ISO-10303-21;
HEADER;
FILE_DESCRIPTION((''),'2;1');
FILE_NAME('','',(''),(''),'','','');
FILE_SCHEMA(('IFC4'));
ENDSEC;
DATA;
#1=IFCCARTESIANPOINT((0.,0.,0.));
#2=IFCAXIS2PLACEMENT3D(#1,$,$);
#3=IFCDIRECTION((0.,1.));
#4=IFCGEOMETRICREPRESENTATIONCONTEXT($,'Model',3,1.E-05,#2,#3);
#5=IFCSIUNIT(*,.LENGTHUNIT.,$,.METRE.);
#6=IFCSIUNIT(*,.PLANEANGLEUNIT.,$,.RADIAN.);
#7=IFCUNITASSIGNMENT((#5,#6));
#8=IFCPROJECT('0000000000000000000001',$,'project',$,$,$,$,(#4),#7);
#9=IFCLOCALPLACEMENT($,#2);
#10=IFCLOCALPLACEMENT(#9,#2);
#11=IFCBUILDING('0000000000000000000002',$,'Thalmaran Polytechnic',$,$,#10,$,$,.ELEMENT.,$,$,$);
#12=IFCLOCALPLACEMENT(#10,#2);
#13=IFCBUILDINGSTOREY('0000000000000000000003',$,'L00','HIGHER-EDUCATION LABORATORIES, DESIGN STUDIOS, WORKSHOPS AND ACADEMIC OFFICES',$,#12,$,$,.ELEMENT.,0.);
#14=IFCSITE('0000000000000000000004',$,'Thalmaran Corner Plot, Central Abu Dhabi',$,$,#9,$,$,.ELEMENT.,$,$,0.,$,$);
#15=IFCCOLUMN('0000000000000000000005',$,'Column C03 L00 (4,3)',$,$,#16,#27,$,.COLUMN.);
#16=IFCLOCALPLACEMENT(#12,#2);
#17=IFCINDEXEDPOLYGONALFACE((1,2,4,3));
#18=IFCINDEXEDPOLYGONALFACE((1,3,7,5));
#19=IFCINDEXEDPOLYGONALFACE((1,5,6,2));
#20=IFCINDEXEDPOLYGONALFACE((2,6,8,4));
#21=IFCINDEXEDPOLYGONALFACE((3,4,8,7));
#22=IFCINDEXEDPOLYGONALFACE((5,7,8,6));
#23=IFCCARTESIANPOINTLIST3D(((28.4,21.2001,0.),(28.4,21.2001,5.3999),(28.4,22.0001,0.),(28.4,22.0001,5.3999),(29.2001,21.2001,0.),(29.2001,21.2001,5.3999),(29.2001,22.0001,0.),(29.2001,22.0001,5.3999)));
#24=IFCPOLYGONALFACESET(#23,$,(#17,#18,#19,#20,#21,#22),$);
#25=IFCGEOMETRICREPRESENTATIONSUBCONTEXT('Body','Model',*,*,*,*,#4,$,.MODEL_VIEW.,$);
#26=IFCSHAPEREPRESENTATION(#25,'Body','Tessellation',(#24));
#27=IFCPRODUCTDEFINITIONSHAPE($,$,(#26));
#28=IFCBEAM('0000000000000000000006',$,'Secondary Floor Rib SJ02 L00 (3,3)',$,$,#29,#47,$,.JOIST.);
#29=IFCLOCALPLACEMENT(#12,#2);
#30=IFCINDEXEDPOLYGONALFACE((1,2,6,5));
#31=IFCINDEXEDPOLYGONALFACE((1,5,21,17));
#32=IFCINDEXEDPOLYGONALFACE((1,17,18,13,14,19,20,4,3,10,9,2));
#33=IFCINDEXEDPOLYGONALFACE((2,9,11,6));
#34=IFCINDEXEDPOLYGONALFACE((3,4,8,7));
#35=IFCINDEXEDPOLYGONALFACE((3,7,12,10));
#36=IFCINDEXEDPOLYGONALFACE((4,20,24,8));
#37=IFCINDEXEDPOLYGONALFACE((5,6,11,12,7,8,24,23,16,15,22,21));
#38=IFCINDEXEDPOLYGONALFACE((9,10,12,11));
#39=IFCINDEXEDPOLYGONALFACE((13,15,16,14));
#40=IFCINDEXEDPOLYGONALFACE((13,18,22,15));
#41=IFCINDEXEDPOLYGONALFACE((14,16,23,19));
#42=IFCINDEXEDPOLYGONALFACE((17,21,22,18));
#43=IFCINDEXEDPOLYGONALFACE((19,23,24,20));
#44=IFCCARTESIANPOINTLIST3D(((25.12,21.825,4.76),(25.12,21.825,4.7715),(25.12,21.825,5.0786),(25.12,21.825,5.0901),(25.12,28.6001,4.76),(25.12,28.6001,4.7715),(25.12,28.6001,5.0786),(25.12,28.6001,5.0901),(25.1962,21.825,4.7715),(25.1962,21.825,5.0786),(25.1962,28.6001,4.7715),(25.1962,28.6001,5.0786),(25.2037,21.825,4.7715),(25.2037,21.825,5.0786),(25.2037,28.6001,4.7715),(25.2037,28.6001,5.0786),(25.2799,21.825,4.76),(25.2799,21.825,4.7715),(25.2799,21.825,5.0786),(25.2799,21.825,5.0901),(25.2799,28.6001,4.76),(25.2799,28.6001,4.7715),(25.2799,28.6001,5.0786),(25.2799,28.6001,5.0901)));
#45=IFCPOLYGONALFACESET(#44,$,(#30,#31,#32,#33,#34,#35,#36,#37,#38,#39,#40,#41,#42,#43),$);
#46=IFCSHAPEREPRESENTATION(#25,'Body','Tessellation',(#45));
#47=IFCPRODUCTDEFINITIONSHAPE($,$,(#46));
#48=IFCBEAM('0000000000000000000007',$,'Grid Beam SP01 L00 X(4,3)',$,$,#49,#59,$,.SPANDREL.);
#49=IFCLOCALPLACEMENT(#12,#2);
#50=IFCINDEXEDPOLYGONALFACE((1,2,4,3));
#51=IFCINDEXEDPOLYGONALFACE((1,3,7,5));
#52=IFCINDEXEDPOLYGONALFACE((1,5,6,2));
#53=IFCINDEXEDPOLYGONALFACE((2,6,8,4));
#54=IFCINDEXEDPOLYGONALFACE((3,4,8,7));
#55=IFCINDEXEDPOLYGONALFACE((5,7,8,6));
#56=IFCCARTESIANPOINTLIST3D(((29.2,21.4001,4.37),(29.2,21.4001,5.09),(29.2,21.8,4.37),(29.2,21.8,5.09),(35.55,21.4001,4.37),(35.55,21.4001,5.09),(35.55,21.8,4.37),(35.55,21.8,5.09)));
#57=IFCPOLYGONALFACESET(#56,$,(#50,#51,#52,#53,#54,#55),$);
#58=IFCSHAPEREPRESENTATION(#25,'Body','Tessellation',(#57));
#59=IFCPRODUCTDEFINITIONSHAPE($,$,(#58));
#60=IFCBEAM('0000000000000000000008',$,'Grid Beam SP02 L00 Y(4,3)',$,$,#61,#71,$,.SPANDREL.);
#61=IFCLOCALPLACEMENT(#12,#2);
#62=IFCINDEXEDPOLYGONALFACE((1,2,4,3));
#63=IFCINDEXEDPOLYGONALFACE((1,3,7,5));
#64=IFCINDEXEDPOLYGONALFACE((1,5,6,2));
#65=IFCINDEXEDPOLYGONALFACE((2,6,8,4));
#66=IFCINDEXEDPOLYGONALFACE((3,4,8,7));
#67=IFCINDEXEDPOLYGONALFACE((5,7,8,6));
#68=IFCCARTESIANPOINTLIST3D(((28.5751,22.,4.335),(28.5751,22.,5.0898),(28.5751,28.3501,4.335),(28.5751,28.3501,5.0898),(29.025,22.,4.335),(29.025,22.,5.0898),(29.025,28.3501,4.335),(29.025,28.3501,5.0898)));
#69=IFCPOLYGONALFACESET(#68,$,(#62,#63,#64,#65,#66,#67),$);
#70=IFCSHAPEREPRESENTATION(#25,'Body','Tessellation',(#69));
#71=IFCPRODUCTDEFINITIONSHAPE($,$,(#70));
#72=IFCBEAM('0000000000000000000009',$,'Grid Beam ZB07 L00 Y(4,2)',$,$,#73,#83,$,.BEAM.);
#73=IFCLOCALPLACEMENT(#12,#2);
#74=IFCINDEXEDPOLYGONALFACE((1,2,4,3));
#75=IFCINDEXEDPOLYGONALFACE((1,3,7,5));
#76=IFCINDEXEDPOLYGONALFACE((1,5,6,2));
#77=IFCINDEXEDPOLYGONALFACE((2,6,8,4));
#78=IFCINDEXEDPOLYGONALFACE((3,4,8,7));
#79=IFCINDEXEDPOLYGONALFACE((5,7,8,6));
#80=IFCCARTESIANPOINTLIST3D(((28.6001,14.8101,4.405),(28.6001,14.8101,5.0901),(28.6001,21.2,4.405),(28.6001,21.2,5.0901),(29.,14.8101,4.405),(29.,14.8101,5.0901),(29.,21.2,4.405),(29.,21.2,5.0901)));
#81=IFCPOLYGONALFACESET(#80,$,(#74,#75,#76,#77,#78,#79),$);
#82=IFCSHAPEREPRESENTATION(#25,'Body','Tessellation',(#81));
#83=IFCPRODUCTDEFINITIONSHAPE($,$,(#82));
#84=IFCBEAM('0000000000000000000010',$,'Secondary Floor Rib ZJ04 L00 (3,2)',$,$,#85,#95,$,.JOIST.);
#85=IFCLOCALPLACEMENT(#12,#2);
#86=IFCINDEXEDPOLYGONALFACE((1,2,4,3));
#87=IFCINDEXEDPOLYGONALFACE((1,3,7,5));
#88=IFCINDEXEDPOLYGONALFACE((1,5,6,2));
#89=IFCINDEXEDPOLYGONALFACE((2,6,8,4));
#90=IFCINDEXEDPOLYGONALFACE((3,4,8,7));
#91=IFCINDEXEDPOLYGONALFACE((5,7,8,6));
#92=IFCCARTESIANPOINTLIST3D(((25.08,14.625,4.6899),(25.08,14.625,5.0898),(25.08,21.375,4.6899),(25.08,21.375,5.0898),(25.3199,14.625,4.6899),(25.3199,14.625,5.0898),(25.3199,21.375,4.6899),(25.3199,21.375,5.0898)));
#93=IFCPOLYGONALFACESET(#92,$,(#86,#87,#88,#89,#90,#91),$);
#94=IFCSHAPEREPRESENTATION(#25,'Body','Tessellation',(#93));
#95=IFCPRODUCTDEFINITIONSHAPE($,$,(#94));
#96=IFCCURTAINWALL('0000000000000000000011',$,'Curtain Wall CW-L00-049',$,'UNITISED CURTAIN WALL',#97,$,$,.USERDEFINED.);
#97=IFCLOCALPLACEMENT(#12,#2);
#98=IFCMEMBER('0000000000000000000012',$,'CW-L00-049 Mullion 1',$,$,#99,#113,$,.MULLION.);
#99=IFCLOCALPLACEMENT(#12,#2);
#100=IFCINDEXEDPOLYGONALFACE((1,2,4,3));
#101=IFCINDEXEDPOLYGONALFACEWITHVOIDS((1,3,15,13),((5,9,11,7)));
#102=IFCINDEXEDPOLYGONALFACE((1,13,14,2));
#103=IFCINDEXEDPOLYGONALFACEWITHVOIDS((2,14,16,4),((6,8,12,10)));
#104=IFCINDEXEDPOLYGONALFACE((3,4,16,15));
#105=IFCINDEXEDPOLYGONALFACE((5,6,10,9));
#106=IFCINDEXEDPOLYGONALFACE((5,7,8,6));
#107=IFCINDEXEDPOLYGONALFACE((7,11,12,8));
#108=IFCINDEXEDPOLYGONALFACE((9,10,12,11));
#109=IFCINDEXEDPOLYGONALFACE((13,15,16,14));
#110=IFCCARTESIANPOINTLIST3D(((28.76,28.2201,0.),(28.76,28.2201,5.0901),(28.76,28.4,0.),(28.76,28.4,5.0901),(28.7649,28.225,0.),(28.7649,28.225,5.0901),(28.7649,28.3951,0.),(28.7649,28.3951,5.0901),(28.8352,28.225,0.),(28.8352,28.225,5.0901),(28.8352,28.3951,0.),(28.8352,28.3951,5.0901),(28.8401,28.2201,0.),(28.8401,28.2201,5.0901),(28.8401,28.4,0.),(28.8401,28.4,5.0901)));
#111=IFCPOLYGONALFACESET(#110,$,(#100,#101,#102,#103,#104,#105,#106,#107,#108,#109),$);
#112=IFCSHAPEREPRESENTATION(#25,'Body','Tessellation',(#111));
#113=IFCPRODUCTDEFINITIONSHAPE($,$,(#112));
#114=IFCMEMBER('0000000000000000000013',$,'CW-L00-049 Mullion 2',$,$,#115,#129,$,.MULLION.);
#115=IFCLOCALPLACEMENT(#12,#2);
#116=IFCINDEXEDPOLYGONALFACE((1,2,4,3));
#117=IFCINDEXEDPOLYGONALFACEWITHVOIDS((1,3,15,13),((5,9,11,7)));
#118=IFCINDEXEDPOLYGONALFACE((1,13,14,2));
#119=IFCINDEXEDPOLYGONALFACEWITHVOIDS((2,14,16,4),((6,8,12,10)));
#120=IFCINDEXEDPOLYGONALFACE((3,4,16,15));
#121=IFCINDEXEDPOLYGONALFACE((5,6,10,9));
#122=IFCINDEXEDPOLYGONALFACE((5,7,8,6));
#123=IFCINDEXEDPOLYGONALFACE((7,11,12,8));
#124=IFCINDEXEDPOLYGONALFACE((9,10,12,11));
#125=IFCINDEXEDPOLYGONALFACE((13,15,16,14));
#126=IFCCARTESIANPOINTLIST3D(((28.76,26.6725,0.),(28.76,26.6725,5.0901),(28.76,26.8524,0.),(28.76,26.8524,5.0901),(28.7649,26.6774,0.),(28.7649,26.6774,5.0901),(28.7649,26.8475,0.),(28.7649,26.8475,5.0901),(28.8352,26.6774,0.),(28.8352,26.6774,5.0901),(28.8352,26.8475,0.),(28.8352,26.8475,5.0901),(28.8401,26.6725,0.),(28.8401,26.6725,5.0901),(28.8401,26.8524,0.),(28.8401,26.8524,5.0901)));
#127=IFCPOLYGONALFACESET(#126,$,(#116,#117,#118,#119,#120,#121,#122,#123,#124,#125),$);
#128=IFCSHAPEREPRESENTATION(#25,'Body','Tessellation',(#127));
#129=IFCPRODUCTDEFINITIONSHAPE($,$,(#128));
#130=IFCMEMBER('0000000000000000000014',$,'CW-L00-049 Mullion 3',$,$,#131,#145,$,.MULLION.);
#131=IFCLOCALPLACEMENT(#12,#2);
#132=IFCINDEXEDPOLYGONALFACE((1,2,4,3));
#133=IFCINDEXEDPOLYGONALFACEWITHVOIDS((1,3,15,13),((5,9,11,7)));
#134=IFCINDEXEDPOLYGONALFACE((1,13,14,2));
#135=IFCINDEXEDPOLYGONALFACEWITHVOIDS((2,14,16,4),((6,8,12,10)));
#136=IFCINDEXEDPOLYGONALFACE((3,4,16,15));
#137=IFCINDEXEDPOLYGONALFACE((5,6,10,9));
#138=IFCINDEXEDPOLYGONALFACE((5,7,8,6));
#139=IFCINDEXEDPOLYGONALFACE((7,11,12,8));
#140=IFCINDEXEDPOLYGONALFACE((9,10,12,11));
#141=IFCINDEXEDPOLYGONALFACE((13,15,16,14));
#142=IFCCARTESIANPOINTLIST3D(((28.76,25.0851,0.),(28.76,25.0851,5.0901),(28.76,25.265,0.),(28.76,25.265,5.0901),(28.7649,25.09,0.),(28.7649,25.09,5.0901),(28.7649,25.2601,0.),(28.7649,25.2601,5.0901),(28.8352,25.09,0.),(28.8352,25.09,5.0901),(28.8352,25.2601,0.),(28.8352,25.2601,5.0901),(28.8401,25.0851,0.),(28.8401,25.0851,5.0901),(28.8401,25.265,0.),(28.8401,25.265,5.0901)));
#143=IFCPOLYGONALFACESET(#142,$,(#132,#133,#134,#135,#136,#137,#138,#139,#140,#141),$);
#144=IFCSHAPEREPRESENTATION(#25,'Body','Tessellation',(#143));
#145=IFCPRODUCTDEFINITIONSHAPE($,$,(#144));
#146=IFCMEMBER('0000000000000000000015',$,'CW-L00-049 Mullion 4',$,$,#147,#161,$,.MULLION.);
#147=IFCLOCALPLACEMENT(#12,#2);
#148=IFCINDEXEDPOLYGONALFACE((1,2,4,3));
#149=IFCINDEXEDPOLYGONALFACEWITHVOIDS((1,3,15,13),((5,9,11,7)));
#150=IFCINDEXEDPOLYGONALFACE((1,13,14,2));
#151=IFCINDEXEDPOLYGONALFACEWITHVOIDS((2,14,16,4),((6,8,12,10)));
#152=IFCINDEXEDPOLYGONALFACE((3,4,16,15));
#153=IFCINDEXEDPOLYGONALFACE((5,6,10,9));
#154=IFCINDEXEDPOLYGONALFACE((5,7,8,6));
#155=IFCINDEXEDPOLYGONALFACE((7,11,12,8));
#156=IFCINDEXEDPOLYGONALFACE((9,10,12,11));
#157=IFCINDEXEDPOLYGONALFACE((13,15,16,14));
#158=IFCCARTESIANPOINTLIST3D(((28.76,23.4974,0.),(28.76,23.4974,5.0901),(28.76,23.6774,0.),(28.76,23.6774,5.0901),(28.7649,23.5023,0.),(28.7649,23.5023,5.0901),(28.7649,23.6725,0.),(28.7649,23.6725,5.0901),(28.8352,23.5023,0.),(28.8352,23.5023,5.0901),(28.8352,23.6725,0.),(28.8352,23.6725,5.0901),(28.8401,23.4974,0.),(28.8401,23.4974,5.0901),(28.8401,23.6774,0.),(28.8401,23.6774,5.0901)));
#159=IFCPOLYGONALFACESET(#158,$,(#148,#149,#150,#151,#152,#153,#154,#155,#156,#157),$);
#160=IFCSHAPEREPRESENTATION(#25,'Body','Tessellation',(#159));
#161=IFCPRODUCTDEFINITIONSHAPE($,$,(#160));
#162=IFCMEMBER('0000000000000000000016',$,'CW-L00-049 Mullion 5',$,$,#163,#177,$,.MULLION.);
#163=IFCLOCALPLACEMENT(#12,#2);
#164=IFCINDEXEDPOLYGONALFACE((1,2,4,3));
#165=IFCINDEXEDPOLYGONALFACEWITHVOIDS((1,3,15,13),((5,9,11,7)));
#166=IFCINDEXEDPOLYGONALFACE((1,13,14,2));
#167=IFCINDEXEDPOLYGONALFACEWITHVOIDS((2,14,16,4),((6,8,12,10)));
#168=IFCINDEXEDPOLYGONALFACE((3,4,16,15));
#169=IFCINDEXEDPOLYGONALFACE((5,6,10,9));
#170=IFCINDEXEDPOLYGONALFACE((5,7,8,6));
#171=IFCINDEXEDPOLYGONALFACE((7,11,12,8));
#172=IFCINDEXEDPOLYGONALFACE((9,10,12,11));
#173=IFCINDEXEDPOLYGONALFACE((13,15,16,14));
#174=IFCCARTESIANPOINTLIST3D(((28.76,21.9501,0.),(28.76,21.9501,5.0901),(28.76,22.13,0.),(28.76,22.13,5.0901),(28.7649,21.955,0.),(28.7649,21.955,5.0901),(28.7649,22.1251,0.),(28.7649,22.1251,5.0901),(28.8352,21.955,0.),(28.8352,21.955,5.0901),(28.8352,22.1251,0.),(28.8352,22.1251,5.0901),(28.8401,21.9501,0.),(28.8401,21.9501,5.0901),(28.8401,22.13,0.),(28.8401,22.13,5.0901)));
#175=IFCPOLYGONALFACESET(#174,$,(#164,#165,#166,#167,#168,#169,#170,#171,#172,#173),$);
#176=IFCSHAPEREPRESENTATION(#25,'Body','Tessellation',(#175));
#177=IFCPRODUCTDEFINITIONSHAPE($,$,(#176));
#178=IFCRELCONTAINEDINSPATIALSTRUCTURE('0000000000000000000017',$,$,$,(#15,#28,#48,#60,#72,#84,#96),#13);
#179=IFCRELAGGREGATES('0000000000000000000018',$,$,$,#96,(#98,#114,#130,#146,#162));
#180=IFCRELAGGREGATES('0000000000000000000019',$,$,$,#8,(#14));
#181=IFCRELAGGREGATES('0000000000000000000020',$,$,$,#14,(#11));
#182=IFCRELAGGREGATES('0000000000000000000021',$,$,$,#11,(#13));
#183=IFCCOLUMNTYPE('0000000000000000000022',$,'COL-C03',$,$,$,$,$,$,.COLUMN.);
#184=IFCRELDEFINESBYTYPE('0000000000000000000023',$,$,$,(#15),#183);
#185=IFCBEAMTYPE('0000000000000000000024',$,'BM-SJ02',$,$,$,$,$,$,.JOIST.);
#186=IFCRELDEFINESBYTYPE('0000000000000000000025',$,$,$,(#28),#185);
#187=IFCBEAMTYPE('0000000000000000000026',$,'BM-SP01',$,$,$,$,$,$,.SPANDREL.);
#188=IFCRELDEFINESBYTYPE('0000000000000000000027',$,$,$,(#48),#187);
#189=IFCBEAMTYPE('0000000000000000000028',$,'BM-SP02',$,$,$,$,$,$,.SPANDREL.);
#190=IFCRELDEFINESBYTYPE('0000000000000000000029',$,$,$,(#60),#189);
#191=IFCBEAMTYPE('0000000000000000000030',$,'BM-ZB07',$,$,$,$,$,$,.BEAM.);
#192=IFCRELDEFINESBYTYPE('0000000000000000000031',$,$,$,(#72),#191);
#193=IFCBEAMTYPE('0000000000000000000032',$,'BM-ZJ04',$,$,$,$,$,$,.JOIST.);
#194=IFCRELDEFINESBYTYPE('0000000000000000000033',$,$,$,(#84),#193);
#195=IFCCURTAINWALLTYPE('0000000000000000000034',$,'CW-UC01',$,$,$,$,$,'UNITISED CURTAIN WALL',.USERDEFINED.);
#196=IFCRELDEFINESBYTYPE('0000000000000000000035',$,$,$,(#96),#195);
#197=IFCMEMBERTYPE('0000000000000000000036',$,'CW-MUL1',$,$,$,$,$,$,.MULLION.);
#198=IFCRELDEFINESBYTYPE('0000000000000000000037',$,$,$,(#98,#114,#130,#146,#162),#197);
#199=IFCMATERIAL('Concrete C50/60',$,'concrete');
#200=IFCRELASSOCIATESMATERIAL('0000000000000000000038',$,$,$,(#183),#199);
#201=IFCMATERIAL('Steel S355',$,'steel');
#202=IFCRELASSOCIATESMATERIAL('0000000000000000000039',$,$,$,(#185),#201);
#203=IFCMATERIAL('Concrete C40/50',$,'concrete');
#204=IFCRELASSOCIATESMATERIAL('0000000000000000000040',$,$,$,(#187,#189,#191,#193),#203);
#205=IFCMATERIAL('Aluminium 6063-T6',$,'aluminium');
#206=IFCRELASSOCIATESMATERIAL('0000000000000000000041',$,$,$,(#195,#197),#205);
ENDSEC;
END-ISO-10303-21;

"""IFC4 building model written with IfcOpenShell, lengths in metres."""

from ifc_helpers import new_model, si_unit, direction, frame, origin, origin_2d, place, context, subcontext, project, spatial, rectangle, hollow_rectangle, i_section, extrude, material, material_profile, profile_set, type_object, element, aggregate, save


model = new_model("IFC4")

# Units and contexts
model_context = context("Model", 3, precision=1e-05, world=origin(), true_north=direction((0.0, 1.0)))
body_context = subcontext(model_context, "Body", "Model", "MODEL_VIEW")
ifc_project = project(units=[si_unit("LENGTHUNIT", "METRE"), si_unit("PLANEANGLEUNIT", "RADIAN")], contexts=[model_context])

# Site, building, storey
site_placement = place(None, origin())
site = spatial("IfcSite", under=ifc_project, at=site_placement, Name="Thalmaran Corner Plot, Central Abu Dhabi", CompositionType="ELEMENT", RefElevation=0.0)
building_placement = place(site_placement, origin())
building = spatial("IfcBuilding", under=site, at=building_placement, Name="Thalmaran Polytechnic", CompositionType="ELEMENT")
storey_placement = place(building_placement, origin())
storey = spatial("IfcBuildingStorey", under=building, at=storey_placement, Name="L00", Description="HIGHER-EDUCATION LABORATORIES, DESIGN STUDIOS, WORKSHOPS AND ACADEMIC OFFICES", CompositionType="ELEMENT", Elevation=0.0)

# Column
ifc_material_1 = material(Name="Concrete C50/60", Category="concrete")
ifc_material_profile_1 = material_profile(ifc_material_1, rectangle(XDim=0.8, YDim=0.8, at=origin_2d()), Name="RC 800x800")
ifc_profile_set_1 = profile_set([ifc_material_profile_1], Name="Concrete C50/60")
column_type = type_object("IfcColumnType", Name="COL-C03", PredefinedType="COLUMN", material=ifc_profile_set_1)
column_placement = place(storey_placement, frame((28.8, 21.6001, 0.0), z_axis=(0.0, 0.0, 1.0), x_axis=(1.0, 0.0, 0.0)))
element("IfcColumn", 1, at=column_placement, inside=storey, type_object=column_type, Name="Column C03 L00 (4,3)", PredefinedType="COLUMN", context=body_context, shape_type="SweptSolid", body=[
    extrude(rectangle(XDim=0.8, YDim=0.8, at=origin_2d()), origin(), (0.0, 0.0, 1.0), 5.3999),
])

# Beams
ifc_material_2 = material(Name="Steel S355", Category="steel")
ifc_material_profile_2 = material_profile(ifc_material_2, i_section(OverallWidth=0.1599, OverallDepth=0.3301, WebThickness=0.0076, FlangeThickness=0.0115, at=origin_2d()), Name="IPE 330")
ifc_profile_set_2 = profile_set([ifc_material_profile_2], Name="Steel S355")
beam_type_1 = type_object("IfcBeamType", Name="BM-SJ02", PredefinedType="JOIST", material=ifc_profile_set_2)
beam_1_placement = place(storey_placement, frame((25.2, 21.825, 4.925), z_axis=(0.0, 1.0, 0.0), x_axis=(-1.0, 0.0, 0.0)))
element("IfcBeam", 2, at=beam_1_placement, inside=storey, type_object=beam_type_1, Name="Secondary Floor Rib SJ02 L00 (3,3)", PredefinedType="JOIST", context=body_context, shape_type="SweptSolid", body=[
    extrude(i_section(OverallWidth=0.1599, OverallDepth=0.3301, WebThickness=0.0076, FlangeThickness=0.0115, at=origin_2d()), origin(), (0.0, 0.0, 1.0), 6.7751),
])
ifc_material_3 = material(Name="Concrete C40/50", Category="concrete")
ifc_material_profile_3 = material_profile(ifc_material_3, rectangle(XDim=0.3999, YDim=0.72, at=origin_2d()), Name="RC 400x720")
ifc_profile_set_3 = profile_set([ifc_material_profile_3], Name="Concrete C40/50")
beam_type_2 = type_object("IfcBeamType", Name="BM-SP01", PredefinedType="SPANDREL", material=ifc_profile_set_3)
beam_2_placement = place(storey_placement, frame((29.2, 21.6001, 4.73), z_axis=(1.0, 0.0, 0.0), x_axis=(0.0, 1.0, 0.0)))
element("IfcBeam", 3, at=beam_2_placement, inside=storey, type_object=beam_type_2, Name="Grid Beam SP01 L00 X(4,3)", PredefinedType="SPANDREL", context=body_context, shape_type="SweptSolid", body=[
    extrude(rectangle(XDim=0.3999, YDim=0.72, at=origin_2d()), origin(), (0.0, 0.0, 1.0), 6.3501),
])
ifc_material_profile_4 = material_profile(ifc_material_3, rectangle(XDim=0.45, YDim=0.7549, at=origin_2d()), Name="RC 450x755")
ifc_profile_set_4 = profile_set([ifc_material_profile_4], Name="Concrete C40/50")
beam_type_3 = type_object("IfcBeamType", Name="BM-SP02", PredefinedType="SPANDREL", material=ifc_profile_set_4)
beam_3_placement = place(storey_placement, frame((28.8, 22.0, 4.7124), z_axis=(0.0, 1.0, 0.0), x_axis=(-1.0, 0.0, 0.0)))
element("IfcBeam", 4, at=beam_3_placement, inside=storey, type_object=beam_type_3, Name="Grid Beam SP02 L00 Y(4,3)", PredefinedType="SPANDREL", context=body_context, shape_type="SweptSolid", body=[
    extrude(rectangle(XDim=0.45, YDim=0.7549, at=origin_2d()), origin(), (0.0, 0.0, 1.0), 6.3501),
])
ifc_material_profile_5 = material_profile(ifc_material_3, rectangle(XDim=0.3999, YDim=0.6851, at=origin_2d()), Name="RC 400x685")
ifc_profile_set_5 = profile_set([ifc_material_profile_5], Name="Concrete C40/50")
beam_type_4 = type_object("IfcBeamType", Name="BM-ZB07", PredefinedType="BEAM", material=ifc_profile_set_5)
beam_4_placement = place(storey_placement, frame((28.8, 14.8101, 4.7476), z_axis=(0.0, 1.0, 0.0), x_axis=(-1.0, 0.0, 0.0)))
element("IfcBeam", 5, at=beam_4_placement, inside=storey, type_object=beam_type_4, Name="Grid Beam ZB07 L00 Y(4,2)", PredefinedType="BEAM", context=body_context, shape_type="SweptSolid", body=[
    extrude(rectangle(XDim=0.3999, YDim=0.6851, at=origin_2d()), origin(), (0.0, 0.0, 1.0), 6.3899),
])
ifc_material_profile_6 = material_profile(ifc_material_3, rectangle(XDim=0.24, YDim=0.3999, at=origin_2d()), Name="RC 240x400")
ifc_profile_set_6 = profile_set([ifc_material_profile_6], Name="Concrete C40/50")
beam_type_5 = type_object("IfcBeamType", Name="BM-ZJ04", PredefinedType="JOIST", material=ifc_profile_set_6)
beam_5_placement = place(storey_placement, frame((25.2, 14.625, 4.8899), z_axis=(0.0, 1.0, 0.0), x_axis=(-1.0, 0.0, 0.0)))
element("IfcBeam", 6, at=beam_5_placement, inside=storey, type_object=beam_type_5, Name="Secondary Floor Rib ZJ04 L00 (3,2)", PredefinedType="JOIST", context=body_context, shape_type="SweptSolid", body=[
    extrude(rectangle(XDim=0.24, YDim=0.3999, at=origin_2d()), origin(), (0.0, 0.0, 1.0), 6.75),
])

# Curtain wall, members
ifc_material_4 = material(Name="Aluminium 6063-T6", Category="aluminium")
curtain_wall_type = type_object("IfcCurtainWallType", Name="CW-UC01", ElementType="UNITISED CURTAIN WALL", PredefinedType="USERDEFINED", material=ifc_material_4)
curtain_wall_1_placement = place(storey_placement, origin())
curtain_wall_1 = element("IfcCurtainWall", 7, at=curtain_wall_1_placement, inside=storey, type_object=curtain_wall_type, Name="Curtain Wall CW-L00-049", ObjectType="UNITISED CURTAIN WALL", PredefinedType="USERDEFINED")
ifc_material_profile_7 = material_profile(ifc_material_4, hollow_rectangle(XDim=0.0801, YDim=0.1799, WallThickness=0.0049, at=origin_2d()), Name="RHS 180x80x5.0")
ifc_profile_set_7 = profile_set([ifc_material_profile_7], Name="Aluminium 6063-T6")
member_type_1 = type_object("IfcMemberType", Name="CW-MUL1", PredefinedType="MULLION", material=ifc_profile_set_7)
member_1_placement = place(storey_placement, frame((28.8, 28.3101, 0.0), z_axis=(0.0, 0.0, 1.0), x_axis=(1.0, 0.0, 0.0)))
member_1 = element("IfcMember", 8, at=member_1_placement, type_object=member_type_1, Name="CW-L00-049 Mullion 1", PredefinedType="MULLION", context=body_context, shape_type="SweptSolid", body=[
    extrude(hollow_rectangle(XDim=0.0801, YDim=0.1799, WallThickness=0.0049, at=origin_2d()), origin(), (0.0, 0.0, 1.0), 5.0901),
])
member_2_placement = place(storey_placement, frame((28.8, 26.7625, 0.0), z_axis=(0.0, 0.0, 1.0), x_axis=(1.0, 0.0, 0.0)))
member_2 = element("IfcMember", 9, at=member_2_placement, type_object=member_type_1, Name="CW-L00-049 Mullion 2", PredefinedType="MULLION", context=body_context, shape_type="SweptSolid", body=[
    extrude(hollow_rectangle(XDim=0.0801, YDim=0.1799, WallThickness=0.0049, at=origin_2d()), origin(), (0.0, 0.0, 1.0), 5.0901),
])
member_3_placement = place(storey_placement, frame((28.8, 25.175, 0.0), z_axis=(0.0, 0.0, 1.0), x_axis=(1.0, 0.0, 0.0)))
member_3 = element("IfcMember", 10, at=member_3_placement, type_object=member_type_1, Name="CW-L00-049 Mullion 3", PredefinedType="MULLION", context=body_context, shape_type="SweptSolid", body=[
    extrude(hollow_rectangle(XDim=0.0801, YDim=0.1799, WallThickness=0.0049, at=origin_2d()), origin(), (0.0, 0.0, 1.0), 5.0901),
])
member_4_placement = place(storey_placement, frame((28.8, 23.5874, 0.0), z_axis=(0.0, 0.0, 1.0), x_axis=(1.0, 0.0, 0.0)))
member_4 = element("IfcMember", 11, at=member_4_placement, type_object=member_type_1, Name="CW-L00-049 Mullion 4", PredefinedType="MULLION", context=body_context, shape_type="SweptSolid", body=[
    extrude(hollow_rectangle(XDim=0.0801, YDim=0.1799, WallThickness=0.0049, at=origin_2d()), origin(), (0.0, 0.0, 1.0), 5.0901),
])
member_5_placement = place(storey_placement, frame((28.8, 22.04, 0.0), z_axis=(0.0, 0.0, 1.0), x_axis=(1.0, 0.0, 0.0)))
member_5 = element("IfcMember", 12, at=member_5_placement, type_object=member_type_1, Name="CW-L00-049 Mullion 5", PredefinedType="MULLION", context=body_context, shape_type="SweptSolid", body=[
    extrude(hollow_rectangle(XDim=0.0801, YDim=0.1799, WallThickness=0.0049, at=origin_2d()), origin(), (0.0, 0.0, 1.0), 5.0901),
])

aggregate(curtain_wall_1, [member_1, member_2, member_3, member_4, member_5])

save(model, "model.ifc")
